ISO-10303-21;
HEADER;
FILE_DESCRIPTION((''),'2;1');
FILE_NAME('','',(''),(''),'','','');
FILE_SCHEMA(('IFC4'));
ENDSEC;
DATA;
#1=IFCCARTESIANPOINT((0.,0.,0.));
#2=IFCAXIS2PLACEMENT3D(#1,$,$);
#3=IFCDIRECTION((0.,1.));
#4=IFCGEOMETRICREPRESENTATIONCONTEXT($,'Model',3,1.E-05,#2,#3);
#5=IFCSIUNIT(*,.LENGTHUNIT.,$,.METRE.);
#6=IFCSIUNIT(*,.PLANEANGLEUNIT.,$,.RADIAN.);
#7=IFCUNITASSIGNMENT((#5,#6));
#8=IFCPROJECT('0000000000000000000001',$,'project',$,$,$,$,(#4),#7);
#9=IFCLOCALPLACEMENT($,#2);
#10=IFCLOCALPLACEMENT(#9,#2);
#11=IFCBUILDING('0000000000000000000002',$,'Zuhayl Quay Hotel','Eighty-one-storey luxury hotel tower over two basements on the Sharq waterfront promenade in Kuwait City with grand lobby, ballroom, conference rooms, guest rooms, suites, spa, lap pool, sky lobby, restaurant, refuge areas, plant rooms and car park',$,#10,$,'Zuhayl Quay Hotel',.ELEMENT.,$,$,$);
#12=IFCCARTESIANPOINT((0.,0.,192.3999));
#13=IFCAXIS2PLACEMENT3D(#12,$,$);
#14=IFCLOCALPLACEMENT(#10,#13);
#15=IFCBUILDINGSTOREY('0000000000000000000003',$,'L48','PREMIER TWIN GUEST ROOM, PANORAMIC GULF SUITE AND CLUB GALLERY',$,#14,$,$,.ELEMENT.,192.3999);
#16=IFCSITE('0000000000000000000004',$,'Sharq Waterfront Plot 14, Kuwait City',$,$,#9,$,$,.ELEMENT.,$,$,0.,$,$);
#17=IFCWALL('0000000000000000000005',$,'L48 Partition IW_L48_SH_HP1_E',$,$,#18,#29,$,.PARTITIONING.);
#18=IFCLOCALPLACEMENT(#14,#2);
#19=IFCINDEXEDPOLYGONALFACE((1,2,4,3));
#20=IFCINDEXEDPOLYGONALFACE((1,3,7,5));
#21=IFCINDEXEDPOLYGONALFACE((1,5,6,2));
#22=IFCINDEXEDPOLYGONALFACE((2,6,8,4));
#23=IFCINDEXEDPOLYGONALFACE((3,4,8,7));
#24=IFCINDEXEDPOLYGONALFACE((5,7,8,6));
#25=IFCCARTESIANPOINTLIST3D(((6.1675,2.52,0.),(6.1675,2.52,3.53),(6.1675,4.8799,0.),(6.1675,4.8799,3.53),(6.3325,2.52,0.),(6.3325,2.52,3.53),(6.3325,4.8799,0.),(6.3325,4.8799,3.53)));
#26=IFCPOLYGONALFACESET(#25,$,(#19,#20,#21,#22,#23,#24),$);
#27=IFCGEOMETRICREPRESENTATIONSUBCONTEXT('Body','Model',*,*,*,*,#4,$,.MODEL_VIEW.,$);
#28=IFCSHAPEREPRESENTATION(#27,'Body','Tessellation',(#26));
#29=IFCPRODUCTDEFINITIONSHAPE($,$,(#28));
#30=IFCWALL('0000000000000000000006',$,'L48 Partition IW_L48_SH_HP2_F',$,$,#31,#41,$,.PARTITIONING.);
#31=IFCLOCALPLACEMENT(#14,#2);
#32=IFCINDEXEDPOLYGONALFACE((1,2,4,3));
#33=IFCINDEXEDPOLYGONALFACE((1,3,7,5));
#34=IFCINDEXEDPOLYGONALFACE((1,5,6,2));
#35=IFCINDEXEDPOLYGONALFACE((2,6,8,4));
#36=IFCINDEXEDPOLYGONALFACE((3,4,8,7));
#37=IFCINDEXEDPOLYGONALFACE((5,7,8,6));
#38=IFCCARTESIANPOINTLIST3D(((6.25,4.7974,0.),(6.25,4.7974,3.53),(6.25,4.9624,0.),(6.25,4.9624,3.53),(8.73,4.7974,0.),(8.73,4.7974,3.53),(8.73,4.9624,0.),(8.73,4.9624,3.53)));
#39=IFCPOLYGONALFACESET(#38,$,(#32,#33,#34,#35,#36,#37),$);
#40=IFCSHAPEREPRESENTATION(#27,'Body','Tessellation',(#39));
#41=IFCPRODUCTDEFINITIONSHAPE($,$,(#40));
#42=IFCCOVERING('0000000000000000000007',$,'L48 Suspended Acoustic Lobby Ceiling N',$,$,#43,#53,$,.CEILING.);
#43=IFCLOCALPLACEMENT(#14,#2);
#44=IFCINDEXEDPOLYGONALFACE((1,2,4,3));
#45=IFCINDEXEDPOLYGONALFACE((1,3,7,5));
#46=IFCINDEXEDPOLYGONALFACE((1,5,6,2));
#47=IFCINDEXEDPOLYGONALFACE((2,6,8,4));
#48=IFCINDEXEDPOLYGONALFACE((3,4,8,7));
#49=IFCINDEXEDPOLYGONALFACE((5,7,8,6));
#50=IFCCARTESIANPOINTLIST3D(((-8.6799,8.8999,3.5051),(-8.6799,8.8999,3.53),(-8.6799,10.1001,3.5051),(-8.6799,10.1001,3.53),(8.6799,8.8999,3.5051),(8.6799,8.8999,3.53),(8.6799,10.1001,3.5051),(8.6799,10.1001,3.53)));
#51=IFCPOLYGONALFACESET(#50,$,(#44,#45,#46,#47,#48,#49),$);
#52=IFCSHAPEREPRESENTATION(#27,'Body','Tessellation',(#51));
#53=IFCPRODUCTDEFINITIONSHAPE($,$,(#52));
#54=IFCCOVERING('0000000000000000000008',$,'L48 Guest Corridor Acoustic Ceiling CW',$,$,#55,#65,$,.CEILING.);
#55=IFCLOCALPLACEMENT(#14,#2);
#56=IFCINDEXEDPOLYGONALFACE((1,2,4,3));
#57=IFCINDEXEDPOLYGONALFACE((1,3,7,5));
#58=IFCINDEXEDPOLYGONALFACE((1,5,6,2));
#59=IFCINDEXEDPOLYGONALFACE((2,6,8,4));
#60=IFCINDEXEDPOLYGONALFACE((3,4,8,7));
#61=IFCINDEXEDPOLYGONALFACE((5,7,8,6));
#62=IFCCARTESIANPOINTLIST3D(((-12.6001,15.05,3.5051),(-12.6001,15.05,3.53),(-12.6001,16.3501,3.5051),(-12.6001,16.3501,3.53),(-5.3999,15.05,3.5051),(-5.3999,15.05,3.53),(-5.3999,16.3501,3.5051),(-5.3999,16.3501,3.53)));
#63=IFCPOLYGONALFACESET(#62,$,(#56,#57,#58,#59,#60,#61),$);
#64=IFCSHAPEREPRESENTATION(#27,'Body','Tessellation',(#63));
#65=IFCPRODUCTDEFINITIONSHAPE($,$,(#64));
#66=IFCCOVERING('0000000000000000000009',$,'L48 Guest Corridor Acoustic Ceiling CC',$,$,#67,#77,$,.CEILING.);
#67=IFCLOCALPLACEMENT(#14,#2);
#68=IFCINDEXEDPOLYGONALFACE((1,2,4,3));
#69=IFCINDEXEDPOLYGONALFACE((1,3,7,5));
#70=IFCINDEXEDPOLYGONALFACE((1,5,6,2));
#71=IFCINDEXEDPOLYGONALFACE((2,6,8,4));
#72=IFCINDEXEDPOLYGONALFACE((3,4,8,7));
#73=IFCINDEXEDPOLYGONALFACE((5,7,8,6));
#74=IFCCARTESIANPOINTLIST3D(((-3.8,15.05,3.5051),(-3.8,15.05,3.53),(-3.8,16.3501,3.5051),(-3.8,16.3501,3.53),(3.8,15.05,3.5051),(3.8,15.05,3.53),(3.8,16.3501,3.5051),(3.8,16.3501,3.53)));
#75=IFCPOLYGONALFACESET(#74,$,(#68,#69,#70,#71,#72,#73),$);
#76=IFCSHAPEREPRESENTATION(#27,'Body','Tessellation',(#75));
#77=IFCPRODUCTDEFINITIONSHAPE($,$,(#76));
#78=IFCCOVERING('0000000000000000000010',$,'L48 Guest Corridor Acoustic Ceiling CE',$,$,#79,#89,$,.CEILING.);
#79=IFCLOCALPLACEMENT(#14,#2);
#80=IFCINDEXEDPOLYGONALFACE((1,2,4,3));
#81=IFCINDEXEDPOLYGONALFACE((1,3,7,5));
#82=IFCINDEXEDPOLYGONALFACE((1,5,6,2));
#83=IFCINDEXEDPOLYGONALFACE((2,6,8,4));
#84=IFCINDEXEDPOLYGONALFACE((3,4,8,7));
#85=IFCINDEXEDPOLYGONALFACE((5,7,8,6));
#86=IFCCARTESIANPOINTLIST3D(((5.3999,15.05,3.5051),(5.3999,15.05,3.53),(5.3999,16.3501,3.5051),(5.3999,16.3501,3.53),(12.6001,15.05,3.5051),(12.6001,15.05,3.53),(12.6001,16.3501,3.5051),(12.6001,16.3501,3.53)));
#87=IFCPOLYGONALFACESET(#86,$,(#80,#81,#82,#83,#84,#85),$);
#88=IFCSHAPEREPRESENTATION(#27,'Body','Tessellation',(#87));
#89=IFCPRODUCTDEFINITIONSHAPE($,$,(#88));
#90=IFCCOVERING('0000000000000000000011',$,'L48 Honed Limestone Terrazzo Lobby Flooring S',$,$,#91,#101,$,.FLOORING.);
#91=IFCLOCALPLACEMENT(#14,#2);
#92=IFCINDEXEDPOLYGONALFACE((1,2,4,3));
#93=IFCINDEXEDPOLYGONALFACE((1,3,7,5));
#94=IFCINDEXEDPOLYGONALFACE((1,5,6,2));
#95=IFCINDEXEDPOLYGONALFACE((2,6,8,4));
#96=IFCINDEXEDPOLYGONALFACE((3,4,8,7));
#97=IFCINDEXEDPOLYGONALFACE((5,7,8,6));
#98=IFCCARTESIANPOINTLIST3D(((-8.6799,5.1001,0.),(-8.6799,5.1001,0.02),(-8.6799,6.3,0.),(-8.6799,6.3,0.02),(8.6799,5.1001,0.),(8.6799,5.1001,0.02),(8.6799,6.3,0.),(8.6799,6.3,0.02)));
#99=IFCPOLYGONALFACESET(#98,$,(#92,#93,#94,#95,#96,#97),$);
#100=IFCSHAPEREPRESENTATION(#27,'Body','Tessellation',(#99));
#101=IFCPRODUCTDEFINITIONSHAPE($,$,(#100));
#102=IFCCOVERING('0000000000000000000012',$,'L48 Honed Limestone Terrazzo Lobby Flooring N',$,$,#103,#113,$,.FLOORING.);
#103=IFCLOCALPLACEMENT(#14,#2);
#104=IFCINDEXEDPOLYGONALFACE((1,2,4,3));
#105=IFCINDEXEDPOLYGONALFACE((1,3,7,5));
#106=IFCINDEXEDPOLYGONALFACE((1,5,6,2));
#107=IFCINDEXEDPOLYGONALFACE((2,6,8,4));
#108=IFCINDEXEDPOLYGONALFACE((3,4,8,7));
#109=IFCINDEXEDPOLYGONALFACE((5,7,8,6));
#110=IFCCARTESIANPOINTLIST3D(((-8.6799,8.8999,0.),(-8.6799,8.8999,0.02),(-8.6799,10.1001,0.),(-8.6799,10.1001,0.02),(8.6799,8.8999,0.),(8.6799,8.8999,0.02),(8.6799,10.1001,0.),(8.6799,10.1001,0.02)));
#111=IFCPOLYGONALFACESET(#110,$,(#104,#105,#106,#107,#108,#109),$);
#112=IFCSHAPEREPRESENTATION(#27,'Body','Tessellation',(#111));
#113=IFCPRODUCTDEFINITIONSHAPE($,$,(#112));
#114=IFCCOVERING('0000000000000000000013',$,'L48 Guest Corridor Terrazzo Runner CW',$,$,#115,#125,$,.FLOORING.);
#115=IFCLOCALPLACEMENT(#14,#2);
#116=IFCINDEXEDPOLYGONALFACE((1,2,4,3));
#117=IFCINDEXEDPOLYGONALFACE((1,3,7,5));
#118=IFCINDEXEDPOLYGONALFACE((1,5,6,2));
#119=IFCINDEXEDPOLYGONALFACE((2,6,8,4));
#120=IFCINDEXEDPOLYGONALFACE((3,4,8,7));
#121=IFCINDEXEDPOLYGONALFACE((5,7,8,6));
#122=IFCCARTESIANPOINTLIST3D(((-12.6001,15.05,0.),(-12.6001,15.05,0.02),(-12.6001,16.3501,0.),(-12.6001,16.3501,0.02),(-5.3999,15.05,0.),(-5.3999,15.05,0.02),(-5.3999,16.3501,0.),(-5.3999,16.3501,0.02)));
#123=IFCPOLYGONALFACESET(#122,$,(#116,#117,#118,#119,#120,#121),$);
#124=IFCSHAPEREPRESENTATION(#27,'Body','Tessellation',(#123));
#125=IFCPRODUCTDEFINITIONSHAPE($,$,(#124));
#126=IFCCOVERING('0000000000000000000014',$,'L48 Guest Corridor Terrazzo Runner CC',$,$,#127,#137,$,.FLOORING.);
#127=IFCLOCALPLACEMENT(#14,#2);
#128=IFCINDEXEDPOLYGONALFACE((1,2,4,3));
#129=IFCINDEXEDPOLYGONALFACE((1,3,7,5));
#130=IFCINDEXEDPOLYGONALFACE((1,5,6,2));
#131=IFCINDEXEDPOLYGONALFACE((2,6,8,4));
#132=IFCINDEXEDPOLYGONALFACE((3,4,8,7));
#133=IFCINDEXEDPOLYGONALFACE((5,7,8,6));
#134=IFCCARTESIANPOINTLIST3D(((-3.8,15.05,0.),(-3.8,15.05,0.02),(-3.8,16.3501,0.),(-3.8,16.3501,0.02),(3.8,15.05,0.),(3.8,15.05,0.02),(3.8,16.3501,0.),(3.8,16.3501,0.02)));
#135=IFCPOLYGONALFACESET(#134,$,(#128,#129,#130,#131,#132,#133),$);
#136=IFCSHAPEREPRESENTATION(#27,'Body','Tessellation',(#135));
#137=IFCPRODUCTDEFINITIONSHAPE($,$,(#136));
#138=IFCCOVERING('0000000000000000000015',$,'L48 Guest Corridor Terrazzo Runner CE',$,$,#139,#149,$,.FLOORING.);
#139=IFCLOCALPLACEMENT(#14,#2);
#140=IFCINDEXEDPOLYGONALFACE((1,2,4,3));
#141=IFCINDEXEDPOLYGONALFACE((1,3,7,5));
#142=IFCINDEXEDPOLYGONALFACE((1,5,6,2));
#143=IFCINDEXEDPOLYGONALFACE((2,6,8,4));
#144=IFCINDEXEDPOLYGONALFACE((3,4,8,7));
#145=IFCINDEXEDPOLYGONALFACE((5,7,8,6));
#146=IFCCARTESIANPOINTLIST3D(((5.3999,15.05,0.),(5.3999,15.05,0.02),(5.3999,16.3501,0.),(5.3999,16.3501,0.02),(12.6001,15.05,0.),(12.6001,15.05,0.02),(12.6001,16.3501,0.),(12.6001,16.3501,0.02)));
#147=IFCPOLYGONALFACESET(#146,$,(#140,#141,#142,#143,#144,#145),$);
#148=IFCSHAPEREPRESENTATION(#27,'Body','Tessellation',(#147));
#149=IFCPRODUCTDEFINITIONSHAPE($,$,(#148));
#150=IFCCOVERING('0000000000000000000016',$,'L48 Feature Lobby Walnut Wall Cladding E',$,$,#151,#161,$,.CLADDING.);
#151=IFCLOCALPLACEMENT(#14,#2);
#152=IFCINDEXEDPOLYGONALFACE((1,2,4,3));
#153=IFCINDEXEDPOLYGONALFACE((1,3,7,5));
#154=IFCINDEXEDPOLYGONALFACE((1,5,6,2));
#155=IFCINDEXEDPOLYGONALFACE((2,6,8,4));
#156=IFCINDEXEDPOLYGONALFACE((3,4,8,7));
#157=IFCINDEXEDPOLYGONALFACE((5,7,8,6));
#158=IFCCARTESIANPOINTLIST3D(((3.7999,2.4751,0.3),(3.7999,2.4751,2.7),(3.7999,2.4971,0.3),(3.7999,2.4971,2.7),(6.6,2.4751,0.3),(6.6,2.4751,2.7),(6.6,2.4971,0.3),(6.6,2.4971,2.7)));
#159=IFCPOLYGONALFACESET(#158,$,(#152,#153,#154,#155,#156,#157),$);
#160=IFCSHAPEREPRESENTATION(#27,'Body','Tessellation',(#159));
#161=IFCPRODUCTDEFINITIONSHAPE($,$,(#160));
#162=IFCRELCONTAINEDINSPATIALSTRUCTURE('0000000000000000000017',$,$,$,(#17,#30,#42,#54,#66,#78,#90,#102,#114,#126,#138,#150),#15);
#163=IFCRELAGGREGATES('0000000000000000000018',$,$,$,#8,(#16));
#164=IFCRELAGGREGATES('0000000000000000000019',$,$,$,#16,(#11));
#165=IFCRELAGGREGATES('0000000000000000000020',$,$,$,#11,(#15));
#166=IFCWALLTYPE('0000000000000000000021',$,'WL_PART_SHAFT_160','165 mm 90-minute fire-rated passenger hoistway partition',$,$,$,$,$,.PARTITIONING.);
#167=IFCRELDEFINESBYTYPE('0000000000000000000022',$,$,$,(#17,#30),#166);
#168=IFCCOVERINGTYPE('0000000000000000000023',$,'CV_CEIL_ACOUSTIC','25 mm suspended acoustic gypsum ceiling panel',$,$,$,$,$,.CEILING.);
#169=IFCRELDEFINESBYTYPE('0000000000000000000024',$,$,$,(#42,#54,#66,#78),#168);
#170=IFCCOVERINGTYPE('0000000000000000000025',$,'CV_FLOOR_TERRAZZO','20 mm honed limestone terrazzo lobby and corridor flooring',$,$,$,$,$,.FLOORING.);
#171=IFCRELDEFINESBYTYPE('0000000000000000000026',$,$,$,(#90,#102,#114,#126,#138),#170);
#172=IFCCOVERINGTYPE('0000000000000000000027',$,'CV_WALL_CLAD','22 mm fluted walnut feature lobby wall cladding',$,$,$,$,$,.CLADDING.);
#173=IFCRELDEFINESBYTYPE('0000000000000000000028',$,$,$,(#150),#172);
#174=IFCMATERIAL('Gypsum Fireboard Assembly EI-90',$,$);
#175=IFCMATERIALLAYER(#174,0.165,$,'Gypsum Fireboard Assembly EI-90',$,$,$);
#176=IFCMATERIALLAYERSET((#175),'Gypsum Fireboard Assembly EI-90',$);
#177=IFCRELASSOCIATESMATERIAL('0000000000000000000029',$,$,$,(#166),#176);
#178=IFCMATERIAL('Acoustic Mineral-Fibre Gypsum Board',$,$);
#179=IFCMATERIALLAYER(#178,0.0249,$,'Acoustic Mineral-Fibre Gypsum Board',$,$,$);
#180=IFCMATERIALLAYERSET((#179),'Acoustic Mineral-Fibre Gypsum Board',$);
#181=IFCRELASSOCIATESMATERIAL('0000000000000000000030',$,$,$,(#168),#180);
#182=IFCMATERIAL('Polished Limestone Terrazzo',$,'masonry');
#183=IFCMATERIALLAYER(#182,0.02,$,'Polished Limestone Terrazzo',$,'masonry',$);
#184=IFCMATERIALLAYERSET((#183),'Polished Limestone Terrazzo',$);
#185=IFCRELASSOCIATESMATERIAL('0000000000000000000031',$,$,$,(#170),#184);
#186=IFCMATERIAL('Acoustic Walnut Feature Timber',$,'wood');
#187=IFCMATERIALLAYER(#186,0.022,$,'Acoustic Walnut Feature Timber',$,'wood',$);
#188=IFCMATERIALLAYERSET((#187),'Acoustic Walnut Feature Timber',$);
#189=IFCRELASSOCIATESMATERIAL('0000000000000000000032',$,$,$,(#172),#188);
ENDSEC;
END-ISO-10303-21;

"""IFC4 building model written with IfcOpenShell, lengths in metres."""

from ifc_helpers import new_model, si_unit, direction, frame, frame_2d, origin, origin_2d, place, context, subcontext, project, spatial, polyline, rectangle, outline, extrude, material, layer, layer_set, type_object, element, save


model = new_model("IFC4")

# Units and contexts
model_context = context("Model", 3, precision=1e-05, world=origin(), true_north=direction((0.0, 1.0)))
body_context = subcontext(model_context, "Body", "Model", "MODEL_VIEW")
ifc_project = project(units=[si_unit("LENGTHUNIT", "METRE"), si_unit("PLANEANGLEUNIT", "RADIAN")], contexts=[model_context])

# Site, building, storey
site_placement = place(None, origin())
site = spatial("IfcSite", under=ifc_project, at=site_placement, Name="Sharq Waterfront Plot 14, Kuwait City", CompositionType="ELEMENT", RefElevation=0.0)
building_placement = place(site_placement, origin())
building = spatial("IfcBuilding", under=site, at=building_placement, Name="Zuhayl Quay Hotel", Description="Eighty-one-storey luxury hotel tower over two basements on the Sharq waterfront promenade in Kuwait City with grand lobby, ballroom, conference rooms, guest rooms, suites, spa, lap pool, sky lobby, restaurant, refuge areas, plant rooms and car park", LongName="Zuhayl Quay Hotel", CompositionType="ELEMENT")
storey_placement = place(building_placement, frame((0.0, 0.0, 192.3999)))
storey = spatial("IfcBuildingStorey", under=building, at=storey_placement, Name="L48", Description="PREMIER TWIN GUEST ROOM, PANORAMIC GULF SUITE AND CLUB GALLERY", CompositionType="ELEMENT", Elevation=192.3999)

# Shared definitions
ifc_material_1 = material(Name="Gypsum Fireboard Assembly EI-90")
ifc_layer_1 = layer(ifc_material_1, 0.165, Name="Gypsum Fireboard Assembly EI-90")
ifc_layer_set_1 = layer_set([ifc_layer_1], Name="Gypsum Fireboard Assembly EI-90")
wall_type_1 = type_object("IfcWallType", Name="WL_PART_SHAFT_160", Description="165 mm 90-minute fire-rated passenger hoistway partition", PredefinedType="PARTITIONING", material=ifc_layer_set_1)

# Walls
wall_1_placement = place(storey_placement, frame((6.25, 2.52, 0.0), z_axis=(0.0, 0.0, 1.0), x_axis=(0.0, 1.0, 0.0)))
element("IfcWall", 1, at=wall_1_placement, inside=storey, type_object=wall_type_1, Name="L48 Partition IW_L48_SH_HP1_E", PredefinedType="PARTITIONING", context=body_context, shape_type="SweptSolid", body=[
    extrude(rectangle(XDim=2.3599, YDim=0.165, at=frame_2d((1.1799, 0.0))), origin(), (0.0, 0.0, 1.0), 3.53),
])
wall_2_placement = place(storey_placement, frame((6.25, 4.8799, 0.0), z_axis=(0.0, 0.0, 1.0), x_axis=(1.0, 0.0, 0.0)))
element("IfcWall", 2, at=wall_2_placement, inside=storey, type_object=wall_type_1, Name="L48 Partition IW_L48_SH_HP2_F", PredefinedType="PARTITIONING", context=body_context, shape_type="SweptSolid", body=[
    extrude(rectangle(XDim=2.48, YDim=0.165, at=frame_2d((1.24, 0.0))), origin(), (0.0, 0.0, 1.0), 3.53),
])

# Coverings
ifc_material_2 = material(Name="Acoustic Mineral-Fibre Gypsum Board")
ifc_layer_2 = layer(ifc_material_2, 0.0249, Name="Acoustic Mineral-Fibre Gypsum Board")
ifc_layer_set_2 = layer_set([ifc_layer_2], Name="Acoustic Mineral-Fibre Gypsum Board")
covering_type_1 = type_object("IfcCoveringType", Name="CV_CEIL_ACOUSTIC", Description="25 mm suspended acoustic gypsum ceiling panel", PredefinedType="CEILING", material=ifc_layer_set_2)
covering_1_placement = place(storey_placement, frame((0.0, 0.0, 3.5051)))
element("IfcCovering", 3, at=covering_1_placement, inside=storey, type_object=covering_type_1, Name="L48 Suspended Acoustic Lobby Ceiling N", PredefinedType="CEILING", context=body_context, shape_type="SweptSolid", body=[
    extrude(outline(polyline([(-8.6799, 8.8999), (8.6799, 8.8999), (8.6799, 10.1001), (-8.6799, 10.1001), (-8.6799, 8.8999)])), origin(), (0.0, 0.0, 1.0), 0.0249),
])
covering_2_placement = place(storey_placement, frame((0.0, 0.0, 3.5051)))
element("IfcCovering", 4, at=covering_2_placement, inside=storey, type_object=covering_type_1, Name="L48 Guest Corridor Acoustic Ceiling CW", PredefinedType="CEILING", context=body_context, shape_type="SweptSolid", body=[
    extrude(outline(polyline([(-12.6001, 15.05), (-5.3999, 15.05), (-5.3999, 16.3501), (-12.6001, 16.3501), (-12.6001, 15.05)])), origin(), (0.0, 0.0, 1.0), 0.0249),
])
covering_3_placement = place(storey_placement, frame((0.0, 0.0, 3.5051)))
element("IfcCovering", 5, at=covering_3_placement, inside=storey, type_object=covering_type_1, Name="L48 Guest Corridor Acoustic Ceiling CC", PredefinedType="CEILING", context=body_context, shape_type="SweptSolid", body=[
    extrude(outline(polyline([(-3.8, 15.05), (3.8, 15.05), (3.8, 16.3501), (-3.8, 16.3501), (-3.8, 15.05)])), origin(), (0.0, 0.0, 1.0), 0.0249),
])
covering_4_placement = place(storey_placement, frame((0.0, 0.0, 3.5051)))
element("IfcCovering", 6, at=covering_4_placement, inside=storey, type_object=covering_type_1, Name="L48 Guest Corridor Acoustic Ceiling CE", PredefinedType="CEILING", context=body_context, shape_type="SweptSolid", body=[
    extrude(outline(polyline([(5.3999, 15.05), (12.6001, 15.05), (12.6001, 16.3501), (5.3999, 16.3501), (5.3999, 15.05)])), origin(), (0.0, 0.0, 1.0), 0.0249),
])
ifc_material_3 = material(Name="Polished Limestone Terrazzo", Category="masonry")
ifc_layer_3 = layer(ifc_material_3, 0.02, Name="Polished Limestone Terrazzo", Category="masonry")
ifc_layer_set_3 = layer_set([ifc_layer_3], Name="Polished Limestone Terrazzo")
covering_type_2 = type_object("IfcCoveringType", Name="CV_FLOOR_TERRAZZO", Description="20 mm honed limestone terrazzo lobby and corridor flooring", PredefinedType="FLOORING", material=ifc_layer_set_3)
covering_5_placement = place(storey_placement, origin())
element("IfcCovering", 7, at=covering_5_placement, inside=storey, type_object=covering_type_2, Name="L48 Honed Limestone Terrazzo Lobby Flooring S", PredefinedType="FLOORING", context=body_context, shape_type="SweptSolid", body=[
    extrude(outline(polyline([(-8.6799, 5.1001), (8.6799, 5.1001), (8.6799, 6.3), (-8.6799, 6.3), (-8.6799, 5.1001)])), origin(), (0.0, 0.0, 1.0), 0.02),
])
covering_6_placement = place(storey_placement, origin())
element("IfcCovering", 8, at=covering_6_placement, inside=storey, type_object=covering_type_2, Name="L48 Honed Limestone Terrazzo Lobby Flooring N", PredefinedType="FLOORING", context=body_context, shape_type="SweptSolid", body=[
    extrude(outline(polyline([(-8.6799, 8.8999), (8.6799, 8.8999), (8.6799, 10.1001), (-8.6799, 10.1001), (-8.6799, 8.8999)])), origin(), (0.0, 0.0, 1.0), 0.02),
])
covering_7_placement = place(storey_placement, origin())
element("IfcCovering", 9, at=covering_7_placement, inside=storey, type_object=covering_type_2, Name="L48 Guest Corridor Terrazzo Runner CW", PredefinedType="FLOORING", context=body_context, shape_type="SweptSolid", body=[
    extrude(outline(polyline([(-12.6001, 15.05), (-5.3999, 15.05), (-5.3999, 16.3501), (-12.6001, 16.3501), (-12.6001, 15.05)])), origin(), (0.0, 0.0, 1.0), 0.02),
])
covering_8_placement = place(storey_placement, origin())
element("IfcCovering", 10, at=covering_8_placement, inside=storey, type_object=covering_type_2, Name="L48 Guest Corridor Terrazzo Runner CC", PredefinedType="FLOORING", context=body_context, shape_type="SweptSolid", body=[
    extrude(outline(polyline([(-3.8, 15.05), (3.8, 15.05), (3.8, 16.3501), (-3.8, 16.3501), (-3.8, 15.05)])), origin(), (0.0, 0.0, 1.0), 0.02),
])
covering_9_placement = place(storey_placement, origin())
element("IfcCovering", 11, at=covering_9_placement, inside=storey, type_object=covering_type_2, Name="L48 Guest Corridor Terrazzo Runner CE", PredefinedType="FLOORING", context=body_context, shape_type="SweptSolid", body=[
    extrude(outline(polyline([(5.3999, 15.05), (12.6001, 15.05), (12.6001, 16.3501), (5.3999, 16.3501), (5.3999, 15.05)])), origin(), (0.0, 0.0, 1.0), 0.02),
])
ifc_material_4 = material(Name="Acoustic Walnut Feature Timber", Category="wood")
ifc_layer_4 = layer(ifc_material_4, 0.022, Name="Acoustic Walnut Feature Timber", Category="wood")
ifc_layer_set_4 = layer_set([ifc_layer_4], Name="Acoustic Walnut Feature Timber")
covering_type_3 = type_object("IfcCoveringType", Name="CV_WALL_CLAD", Description="22 mm fluted walnut feature lobby wall cladding", PredefinedType="CLADDING", material=ifc_layer_set_4)
covering_10_placement = place(storey_placement, frame((5.2, 2.4861, 0.3), z_axis=(0.0, 0.0, 1.0), x_axis=(1.0, 0.0, 0.0)))
element("IfcCovering", 12, at=covering_10_placement, inside=storey, type_object=covering_type_3, Name="L48 Feature Lobby Walnut Wall Cladding E", PredefinedType="CLADDING", context=body_context, shape_type="SweptSolid", body=[
    extrude(rectangle(XDim=2.8, YDim=0.022, at=origin_2d()), origin(), (0.0, 0.0, 1.0), 2.3999),
])

save(model, "model.ifc")
